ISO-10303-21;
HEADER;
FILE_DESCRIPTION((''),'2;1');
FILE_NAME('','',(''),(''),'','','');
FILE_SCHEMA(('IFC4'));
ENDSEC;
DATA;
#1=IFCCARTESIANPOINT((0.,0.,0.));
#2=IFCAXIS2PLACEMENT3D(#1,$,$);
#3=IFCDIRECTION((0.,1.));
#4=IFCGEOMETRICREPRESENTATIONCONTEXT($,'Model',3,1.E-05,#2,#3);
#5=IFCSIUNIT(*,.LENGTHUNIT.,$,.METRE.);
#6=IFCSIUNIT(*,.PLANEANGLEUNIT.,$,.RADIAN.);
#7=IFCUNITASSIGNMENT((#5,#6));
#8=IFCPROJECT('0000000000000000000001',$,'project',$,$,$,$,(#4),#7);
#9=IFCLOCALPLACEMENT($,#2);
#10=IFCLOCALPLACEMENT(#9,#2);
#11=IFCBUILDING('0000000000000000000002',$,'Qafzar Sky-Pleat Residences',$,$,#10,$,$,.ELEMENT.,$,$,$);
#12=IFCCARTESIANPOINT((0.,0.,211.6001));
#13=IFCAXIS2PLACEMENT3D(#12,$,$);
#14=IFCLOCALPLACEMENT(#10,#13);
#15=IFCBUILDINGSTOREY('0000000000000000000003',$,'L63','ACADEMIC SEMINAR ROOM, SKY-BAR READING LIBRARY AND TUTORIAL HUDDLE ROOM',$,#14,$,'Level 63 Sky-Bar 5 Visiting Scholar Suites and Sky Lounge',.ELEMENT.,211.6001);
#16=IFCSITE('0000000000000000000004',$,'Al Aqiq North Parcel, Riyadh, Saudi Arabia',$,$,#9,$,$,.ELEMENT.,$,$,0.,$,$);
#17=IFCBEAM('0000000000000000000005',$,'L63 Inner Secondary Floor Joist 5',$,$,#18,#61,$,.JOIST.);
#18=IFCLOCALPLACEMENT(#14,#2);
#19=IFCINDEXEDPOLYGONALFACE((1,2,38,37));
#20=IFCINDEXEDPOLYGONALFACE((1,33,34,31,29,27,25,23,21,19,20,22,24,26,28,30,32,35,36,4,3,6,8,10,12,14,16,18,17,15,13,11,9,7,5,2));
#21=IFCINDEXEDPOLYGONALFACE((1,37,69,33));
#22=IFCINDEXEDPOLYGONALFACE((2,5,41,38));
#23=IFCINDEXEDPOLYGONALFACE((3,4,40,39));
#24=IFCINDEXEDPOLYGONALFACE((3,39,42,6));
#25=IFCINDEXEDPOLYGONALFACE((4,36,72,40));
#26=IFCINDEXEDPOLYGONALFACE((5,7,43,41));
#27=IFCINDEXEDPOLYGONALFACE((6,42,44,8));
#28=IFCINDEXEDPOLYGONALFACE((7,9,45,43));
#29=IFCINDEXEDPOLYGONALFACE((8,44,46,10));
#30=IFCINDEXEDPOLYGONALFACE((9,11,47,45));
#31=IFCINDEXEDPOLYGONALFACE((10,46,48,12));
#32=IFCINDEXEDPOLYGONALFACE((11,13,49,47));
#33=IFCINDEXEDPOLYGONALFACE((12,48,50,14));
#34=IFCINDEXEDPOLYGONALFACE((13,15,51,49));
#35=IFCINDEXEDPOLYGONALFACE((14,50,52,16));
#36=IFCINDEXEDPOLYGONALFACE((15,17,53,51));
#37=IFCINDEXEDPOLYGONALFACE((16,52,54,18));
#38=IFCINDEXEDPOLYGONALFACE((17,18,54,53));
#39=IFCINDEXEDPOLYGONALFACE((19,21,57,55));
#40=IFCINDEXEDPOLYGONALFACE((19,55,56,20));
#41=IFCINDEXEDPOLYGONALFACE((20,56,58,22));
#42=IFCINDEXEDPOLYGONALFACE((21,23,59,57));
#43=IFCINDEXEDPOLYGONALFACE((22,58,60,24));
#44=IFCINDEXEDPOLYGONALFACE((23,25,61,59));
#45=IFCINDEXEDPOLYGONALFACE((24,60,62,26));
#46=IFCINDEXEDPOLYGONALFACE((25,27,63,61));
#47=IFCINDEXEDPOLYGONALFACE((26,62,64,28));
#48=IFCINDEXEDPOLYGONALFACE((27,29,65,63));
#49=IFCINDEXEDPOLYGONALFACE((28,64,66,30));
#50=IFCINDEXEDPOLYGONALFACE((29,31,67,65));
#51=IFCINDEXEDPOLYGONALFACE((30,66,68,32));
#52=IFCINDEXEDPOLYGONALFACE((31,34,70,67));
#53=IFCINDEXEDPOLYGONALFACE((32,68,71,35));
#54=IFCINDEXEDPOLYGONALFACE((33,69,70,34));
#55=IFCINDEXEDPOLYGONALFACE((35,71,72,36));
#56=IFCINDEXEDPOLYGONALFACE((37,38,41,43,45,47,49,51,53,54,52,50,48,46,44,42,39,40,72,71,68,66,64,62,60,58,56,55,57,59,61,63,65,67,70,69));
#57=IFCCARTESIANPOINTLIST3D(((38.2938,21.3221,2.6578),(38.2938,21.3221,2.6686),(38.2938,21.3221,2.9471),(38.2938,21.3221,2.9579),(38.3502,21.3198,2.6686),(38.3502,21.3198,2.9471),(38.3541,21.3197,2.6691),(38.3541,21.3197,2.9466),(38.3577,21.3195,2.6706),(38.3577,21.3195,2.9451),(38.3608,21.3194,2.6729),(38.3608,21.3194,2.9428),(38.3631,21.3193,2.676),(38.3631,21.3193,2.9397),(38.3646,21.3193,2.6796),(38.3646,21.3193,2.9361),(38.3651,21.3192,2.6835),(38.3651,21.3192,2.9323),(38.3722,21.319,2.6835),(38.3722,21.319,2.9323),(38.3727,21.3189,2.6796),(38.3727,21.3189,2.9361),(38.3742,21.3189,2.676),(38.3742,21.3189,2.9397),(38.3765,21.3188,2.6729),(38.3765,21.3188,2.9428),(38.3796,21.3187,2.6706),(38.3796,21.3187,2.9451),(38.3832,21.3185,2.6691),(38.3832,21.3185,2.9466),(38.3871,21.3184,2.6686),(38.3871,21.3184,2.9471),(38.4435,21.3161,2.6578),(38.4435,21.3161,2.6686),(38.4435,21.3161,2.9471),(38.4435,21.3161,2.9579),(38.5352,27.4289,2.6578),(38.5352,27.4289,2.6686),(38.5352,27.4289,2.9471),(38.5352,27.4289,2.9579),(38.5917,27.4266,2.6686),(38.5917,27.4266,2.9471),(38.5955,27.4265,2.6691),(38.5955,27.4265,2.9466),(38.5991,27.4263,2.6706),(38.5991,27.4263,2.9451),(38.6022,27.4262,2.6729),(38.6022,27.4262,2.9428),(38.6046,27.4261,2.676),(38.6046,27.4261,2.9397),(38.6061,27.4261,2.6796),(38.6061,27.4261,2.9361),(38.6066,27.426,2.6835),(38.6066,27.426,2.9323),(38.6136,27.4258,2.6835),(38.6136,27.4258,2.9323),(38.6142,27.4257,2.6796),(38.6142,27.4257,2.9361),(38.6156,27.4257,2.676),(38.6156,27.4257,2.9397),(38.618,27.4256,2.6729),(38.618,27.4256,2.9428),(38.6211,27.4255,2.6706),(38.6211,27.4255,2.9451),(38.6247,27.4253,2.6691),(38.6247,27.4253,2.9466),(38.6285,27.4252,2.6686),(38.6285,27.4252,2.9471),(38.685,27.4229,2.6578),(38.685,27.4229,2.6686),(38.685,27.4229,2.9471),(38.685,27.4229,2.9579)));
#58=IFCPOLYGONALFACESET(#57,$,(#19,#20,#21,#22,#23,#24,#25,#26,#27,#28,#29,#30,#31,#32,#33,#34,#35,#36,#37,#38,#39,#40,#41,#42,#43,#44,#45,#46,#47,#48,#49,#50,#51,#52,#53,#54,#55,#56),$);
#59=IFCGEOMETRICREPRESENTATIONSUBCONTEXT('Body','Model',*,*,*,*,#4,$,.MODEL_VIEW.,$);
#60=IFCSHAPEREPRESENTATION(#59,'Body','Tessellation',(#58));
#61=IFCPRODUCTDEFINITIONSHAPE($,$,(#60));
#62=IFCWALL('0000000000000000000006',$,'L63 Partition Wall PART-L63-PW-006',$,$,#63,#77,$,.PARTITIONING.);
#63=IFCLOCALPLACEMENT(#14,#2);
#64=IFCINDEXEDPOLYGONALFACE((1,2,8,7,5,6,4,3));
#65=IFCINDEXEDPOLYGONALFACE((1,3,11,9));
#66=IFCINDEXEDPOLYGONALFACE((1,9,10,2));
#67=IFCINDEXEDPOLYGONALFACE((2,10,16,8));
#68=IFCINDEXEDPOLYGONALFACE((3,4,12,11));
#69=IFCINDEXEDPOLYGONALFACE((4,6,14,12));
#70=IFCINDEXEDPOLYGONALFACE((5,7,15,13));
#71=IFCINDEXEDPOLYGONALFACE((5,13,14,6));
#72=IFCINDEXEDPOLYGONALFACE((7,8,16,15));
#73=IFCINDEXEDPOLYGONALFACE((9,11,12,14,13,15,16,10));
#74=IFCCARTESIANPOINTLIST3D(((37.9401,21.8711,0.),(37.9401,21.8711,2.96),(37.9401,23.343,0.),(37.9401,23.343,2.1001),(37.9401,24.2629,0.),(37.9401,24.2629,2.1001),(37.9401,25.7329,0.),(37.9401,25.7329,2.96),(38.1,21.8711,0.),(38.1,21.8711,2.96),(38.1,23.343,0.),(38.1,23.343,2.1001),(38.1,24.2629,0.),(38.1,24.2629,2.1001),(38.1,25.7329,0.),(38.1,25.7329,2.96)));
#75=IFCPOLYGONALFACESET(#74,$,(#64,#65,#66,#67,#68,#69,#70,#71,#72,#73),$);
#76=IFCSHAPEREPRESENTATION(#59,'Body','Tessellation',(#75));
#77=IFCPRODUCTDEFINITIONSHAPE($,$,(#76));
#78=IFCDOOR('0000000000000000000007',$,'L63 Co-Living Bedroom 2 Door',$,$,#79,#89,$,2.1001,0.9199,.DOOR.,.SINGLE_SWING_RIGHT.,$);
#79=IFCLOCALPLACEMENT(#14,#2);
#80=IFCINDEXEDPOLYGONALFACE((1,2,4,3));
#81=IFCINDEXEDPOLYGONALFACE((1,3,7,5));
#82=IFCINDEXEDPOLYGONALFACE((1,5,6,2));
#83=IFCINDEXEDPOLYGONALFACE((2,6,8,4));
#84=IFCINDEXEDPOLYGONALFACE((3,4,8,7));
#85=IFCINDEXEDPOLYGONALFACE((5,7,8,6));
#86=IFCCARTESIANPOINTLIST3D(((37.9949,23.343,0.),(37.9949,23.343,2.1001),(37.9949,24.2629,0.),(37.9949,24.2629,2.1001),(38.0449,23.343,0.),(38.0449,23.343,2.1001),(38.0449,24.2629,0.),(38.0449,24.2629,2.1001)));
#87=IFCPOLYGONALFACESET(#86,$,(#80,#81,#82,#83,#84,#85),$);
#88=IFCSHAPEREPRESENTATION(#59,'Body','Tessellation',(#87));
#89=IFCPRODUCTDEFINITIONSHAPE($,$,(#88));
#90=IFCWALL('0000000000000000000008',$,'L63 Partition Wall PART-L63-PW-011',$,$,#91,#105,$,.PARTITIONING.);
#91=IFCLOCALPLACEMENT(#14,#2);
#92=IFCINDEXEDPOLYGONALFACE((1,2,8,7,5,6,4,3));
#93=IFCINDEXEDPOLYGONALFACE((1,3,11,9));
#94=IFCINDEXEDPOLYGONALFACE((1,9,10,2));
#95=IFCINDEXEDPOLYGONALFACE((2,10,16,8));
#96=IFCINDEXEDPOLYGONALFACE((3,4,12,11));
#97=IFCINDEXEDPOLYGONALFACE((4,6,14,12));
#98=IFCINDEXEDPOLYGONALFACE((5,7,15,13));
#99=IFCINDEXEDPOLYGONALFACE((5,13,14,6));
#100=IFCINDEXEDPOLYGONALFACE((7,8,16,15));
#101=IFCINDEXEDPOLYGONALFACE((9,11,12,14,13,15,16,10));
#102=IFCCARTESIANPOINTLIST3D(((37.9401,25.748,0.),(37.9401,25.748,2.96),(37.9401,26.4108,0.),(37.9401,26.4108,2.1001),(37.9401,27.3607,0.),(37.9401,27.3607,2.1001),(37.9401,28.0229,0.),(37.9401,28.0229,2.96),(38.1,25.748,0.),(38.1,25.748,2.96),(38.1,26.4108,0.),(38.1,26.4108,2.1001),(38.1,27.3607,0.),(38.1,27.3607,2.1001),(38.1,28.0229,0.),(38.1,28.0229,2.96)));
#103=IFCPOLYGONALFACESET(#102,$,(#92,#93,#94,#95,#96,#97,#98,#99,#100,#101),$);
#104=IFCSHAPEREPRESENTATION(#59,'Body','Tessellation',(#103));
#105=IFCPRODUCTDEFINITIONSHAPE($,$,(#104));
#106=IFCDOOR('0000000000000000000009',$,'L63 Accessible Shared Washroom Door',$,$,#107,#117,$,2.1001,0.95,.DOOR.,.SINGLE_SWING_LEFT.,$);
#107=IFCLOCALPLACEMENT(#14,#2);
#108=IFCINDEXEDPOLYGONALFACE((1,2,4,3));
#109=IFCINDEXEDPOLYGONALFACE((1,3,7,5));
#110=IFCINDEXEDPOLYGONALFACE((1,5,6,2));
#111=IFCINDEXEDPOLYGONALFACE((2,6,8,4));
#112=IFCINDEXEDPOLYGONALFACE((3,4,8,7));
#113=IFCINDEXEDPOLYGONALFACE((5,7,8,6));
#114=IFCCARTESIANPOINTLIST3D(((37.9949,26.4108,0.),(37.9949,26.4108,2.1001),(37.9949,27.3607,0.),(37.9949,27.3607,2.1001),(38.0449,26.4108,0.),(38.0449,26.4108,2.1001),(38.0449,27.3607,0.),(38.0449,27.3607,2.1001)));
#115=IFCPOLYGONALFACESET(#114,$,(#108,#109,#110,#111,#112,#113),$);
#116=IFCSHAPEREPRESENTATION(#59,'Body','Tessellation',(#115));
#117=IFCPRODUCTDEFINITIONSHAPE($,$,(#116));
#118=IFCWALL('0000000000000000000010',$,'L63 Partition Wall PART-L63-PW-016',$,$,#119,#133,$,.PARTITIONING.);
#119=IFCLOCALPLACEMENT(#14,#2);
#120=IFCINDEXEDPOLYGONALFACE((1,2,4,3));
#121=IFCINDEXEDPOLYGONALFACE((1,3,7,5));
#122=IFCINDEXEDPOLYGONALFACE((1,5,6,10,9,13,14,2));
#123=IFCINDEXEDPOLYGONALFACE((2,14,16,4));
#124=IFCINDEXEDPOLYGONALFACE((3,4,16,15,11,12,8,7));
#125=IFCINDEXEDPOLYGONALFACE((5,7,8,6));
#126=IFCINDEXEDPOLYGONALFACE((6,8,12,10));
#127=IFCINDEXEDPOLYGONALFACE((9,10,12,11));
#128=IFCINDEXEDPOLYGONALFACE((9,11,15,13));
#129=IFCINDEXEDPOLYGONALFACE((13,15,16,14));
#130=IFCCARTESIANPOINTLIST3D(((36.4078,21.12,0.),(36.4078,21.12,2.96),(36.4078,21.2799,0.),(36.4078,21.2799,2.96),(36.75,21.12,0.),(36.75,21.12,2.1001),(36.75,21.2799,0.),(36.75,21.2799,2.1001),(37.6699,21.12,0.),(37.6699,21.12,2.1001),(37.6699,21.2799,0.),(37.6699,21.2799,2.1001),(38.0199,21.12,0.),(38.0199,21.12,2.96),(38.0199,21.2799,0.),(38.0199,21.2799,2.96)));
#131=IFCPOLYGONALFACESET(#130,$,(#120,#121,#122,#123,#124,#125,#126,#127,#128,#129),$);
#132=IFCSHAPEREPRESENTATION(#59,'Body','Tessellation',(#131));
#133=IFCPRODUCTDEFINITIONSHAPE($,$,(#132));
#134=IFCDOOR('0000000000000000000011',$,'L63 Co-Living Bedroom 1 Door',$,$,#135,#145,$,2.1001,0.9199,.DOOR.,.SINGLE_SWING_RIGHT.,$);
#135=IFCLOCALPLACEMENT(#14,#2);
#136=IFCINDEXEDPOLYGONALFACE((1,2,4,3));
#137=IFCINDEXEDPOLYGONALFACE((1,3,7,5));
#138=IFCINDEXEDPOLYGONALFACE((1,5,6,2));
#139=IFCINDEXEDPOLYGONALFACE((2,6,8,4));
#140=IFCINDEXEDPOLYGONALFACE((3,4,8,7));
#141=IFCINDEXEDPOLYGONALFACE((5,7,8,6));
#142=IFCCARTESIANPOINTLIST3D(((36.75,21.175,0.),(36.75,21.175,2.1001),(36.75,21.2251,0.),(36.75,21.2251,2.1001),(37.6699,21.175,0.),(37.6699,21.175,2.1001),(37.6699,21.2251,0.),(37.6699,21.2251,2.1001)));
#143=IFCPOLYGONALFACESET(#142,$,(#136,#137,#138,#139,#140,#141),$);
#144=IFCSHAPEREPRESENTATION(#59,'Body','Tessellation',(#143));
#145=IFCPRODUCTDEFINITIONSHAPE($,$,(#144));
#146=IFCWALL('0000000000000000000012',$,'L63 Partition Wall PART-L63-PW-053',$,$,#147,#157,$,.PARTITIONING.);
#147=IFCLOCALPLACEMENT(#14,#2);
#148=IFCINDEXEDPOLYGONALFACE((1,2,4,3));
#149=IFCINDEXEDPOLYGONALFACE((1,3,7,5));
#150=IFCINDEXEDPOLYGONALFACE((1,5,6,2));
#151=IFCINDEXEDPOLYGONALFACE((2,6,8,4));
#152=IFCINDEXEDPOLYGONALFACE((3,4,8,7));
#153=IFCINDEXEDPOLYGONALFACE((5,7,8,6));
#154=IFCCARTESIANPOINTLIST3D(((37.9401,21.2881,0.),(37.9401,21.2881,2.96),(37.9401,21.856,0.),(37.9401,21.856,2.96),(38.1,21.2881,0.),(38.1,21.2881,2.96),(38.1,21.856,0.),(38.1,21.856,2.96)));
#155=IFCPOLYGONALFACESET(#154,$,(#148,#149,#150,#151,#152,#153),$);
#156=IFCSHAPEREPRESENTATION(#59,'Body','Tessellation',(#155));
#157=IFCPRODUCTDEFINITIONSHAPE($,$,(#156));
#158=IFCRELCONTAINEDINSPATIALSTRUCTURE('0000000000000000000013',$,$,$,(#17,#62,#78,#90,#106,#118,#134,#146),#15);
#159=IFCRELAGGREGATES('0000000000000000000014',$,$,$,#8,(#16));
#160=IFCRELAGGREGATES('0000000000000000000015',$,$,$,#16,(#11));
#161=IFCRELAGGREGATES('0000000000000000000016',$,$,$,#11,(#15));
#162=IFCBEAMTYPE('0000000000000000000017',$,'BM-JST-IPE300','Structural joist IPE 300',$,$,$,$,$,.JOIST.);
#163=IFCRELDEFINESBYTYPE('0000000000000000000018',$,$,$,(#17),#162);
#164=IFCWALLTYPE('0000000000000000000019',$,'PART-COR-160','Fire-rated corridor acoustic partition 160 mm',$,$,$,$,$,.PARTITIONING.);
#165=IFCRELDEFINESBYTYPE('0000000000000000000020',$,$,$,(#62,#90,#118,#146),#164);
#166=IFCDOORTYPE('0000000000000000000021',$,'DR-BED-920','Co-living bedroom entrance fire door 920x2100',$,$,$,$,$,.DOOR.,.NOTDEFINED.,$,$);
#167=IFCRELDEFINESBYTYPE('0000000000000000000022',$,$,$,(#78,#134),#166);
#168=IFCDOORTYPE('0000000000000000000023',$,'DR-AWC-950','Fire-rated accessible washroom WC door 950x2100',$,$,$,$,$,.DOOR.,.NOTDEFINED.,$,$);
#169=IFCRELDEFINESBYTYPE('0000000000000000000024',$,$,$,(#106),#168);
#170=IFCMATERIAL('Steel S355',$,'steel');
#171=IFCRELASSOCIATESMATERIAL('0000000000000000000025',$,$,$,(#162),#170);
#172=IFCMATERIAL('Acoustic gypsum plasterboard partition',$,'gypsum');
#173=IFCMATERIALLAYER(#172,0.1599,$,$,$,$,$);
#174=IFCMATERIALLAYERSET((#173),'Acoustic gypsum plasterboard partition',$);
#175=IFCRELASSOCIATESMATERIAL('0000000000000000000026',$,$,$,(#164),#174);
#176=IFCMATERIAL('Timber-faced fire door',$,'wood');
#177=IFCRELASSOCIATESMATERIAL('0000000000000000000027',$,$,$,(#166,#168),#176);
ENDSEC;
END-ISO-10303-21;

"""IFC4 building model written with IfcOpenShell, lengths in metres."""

from ifc_helpers import new_model, si_unit, direction, frame, frame_2d, origin, origin_2d, place, context, subcontext, project, spatial, rectangle, i_section, extrude, source, transform, mapped, material, layer, layer_set, material_profile, profile_set, type_object, element, fill, save


model = new_model("IFC4")

# Units and contexts
model_context = context("Model", 3, precision=1e-05, world=origin(), true_north=direction((0.0, 1.0)))
body_context = subcontext(model_context, "Body", "Model", "MODEL_VIEW")
ifc_project = project(units=[si_unit("LENGTHUNIT", "METRE"), si_unit("PLANEANGLEUNIT", "RADIAN")], contexts=[model_context])

# Site, building, storey
site_placement = place(None, origin())
site = spatial("IfcSite", under=ifc_project, at=site_placement, Name="Al Aqiq North Parcel, Riyadh, Saudi Arabia", CompositionType="ELEMENT", RefElevation=0.0)
building_placement = place(site_placement, origin())
building = spatial("IfcBuilding", under=site, at=building_placement, Name="Qafzar Sky-Pleat Residences", CompositionType="ELEMENT")
storey_placement = place(building_placement, frame((0.0, 0.0, 211.6001)))
storey = spatial("IfcBuildingStorey", under=building, at=storey_placement, Name="L63", Description="ACADEMIC SEMINAR ROOM, SKY-BAR READING LIBRARY AND TUTORIAL HUDDLE ROOM", LongName="Level 63 Sky-Bar 5 Visiting Scholar Suites and Sky Lounge", CompositionType="ELEMENT", Elevation=211.6001)

# Beam
ifc_material_1 = material(Name="Steel S355", Category="steel")
ifc_material_profile = material_profile(ifc_material_1, i_section(OverallWidth=0.1499, OverallDepth=0.3, WebThickness=0.0071, FlangeThickness=0.0107, FilletRadius=0.0149, at=origin_2d()), Name="IPE 300")
ifc_profile_set = profile_set([ifc_material_profile], Name="Steel S355")
beam_type = type_object("IfcBeamType", Name="BM-JST-IPE300", Description="Structural joist IPE 300", PredefinedType="JOIST", material=ifc_profile_set)
shared_shape_1 = source(origin(), body_context, "Body", "SweptSolid", [
    extrude(i_section(OverallWidth=0.1499, OverallDepth=0.3, WebThickness=0.0071, FlangeThickness=0.0107, FilletRadius=0.0149, at=origin_2d()), origin(), (0.0, 0.0, 1.0), 6.1116),
])
beam_placement = place(storey_placement, frame((38.3687, 21.3191, 2.8079), z_axis=(0.039509, 0.999219, 0.0), x_axis=(-0.999219, 0.039509, 0.0)))
element("IfcBeam", 1, at=beam_placement, inside=storey, type_object=beam_type, Name="L63 Inner Secondary Floor Joist 5", PredefinedType="JOIST", context=body_context, shape_type="MappedRepresentation", body=[
    mapped(shared_shape_1, transform((0.0, 0.0, 0.0), x_axis=(1.0, 0.0, 0.0), y_axis=(0.0, 1.0, 0.0), z_axis=(0.0, 0.0, 1.0), scale=1.0)),
])

# Walls, openings, doors
ifc_material_2 = material(Name="Acoustic gypsum plasterboard partition", Category="gypsum")
ifc_layer_1 = layer(ifc_material_2, 0.1599)
ifc_layer_set_1 = layer_set([ifc_layer_1], Name="Acoustic gypsum plasterboard partition")
wall_type_1 = type_object("IfcWallType", Name="PART-COR-160", Description="Fire-rated corridor acoustic partition 160 mm", PredefinedType="PARTITIONING", material=ifc_layer_set_1)
wall_1_placement = place(storey_placement, frame((38.02, 25.7329, 0.0), z_axis=(0.0, 0.0, 1.0), x_axis=(0.0, -1.0, 0.0)))
wall_1 = element("IfcWall", 2, at=wall_1_placement, inside=storey, type_object=wall_type_1, Name="L63 Partition Wall PART-L63-PW-006", PredefinedType="PARTITIONING", context=body_context, shape_type="SweptSolid", body=[
    extrude(rectangle(XDim=3.8618, YDim=0.1599, at=frame_2d((1.9309, 0.0))), origin(), (0.0, 0.0, 1.0), 2.96),
])
opening_1_placement = place(wall_1_placement, frame((1.47, 0.0, 0.0)))
opening_1 = element("IfcOpeningElement", 3, at=opening_1_placement, cuts=wall_1, PredefinedType="OPENING", context=body_context, shape_type="SweptSolid", body=[
    extrude(rectangle(XDim=0.9199, YDim=2.1001, at=frame_2d((0.46, 1.05))), frame((0.0, 0.0898, 0.0), z_axis=(0.0, -1.0, 0.0), x_axis=(1.0, 0.0, 0.0)), (0.0, 0.0, 1.0), 0.1799),
])
ifc_material_3 = material(Name="Timber-faced fire door", Category="wood")
door_type_1 = type_object("IfcDoorType", Name="DR-BED-920", Description="Co-living bedroom entrance fire door 920x2100", OperationType="NOTDEFINED", PredefinedType="DOOR", material=ifc_material_3)
shared_shape_2 = source(origin(), body_context, "Body", "SweptSolid", [
    extrude(rectangle(XDim=0.9199, YDim=2.1001, at=frame_2d((0.46, 1.05))), frame((0.0, 0.0249, 0.0), z_axis=(0.0, -1.0, 0.0), x_axis=(1.0, 0.0, 0.0)), (0.0, 0.0, 1.0), 0.05),
])
door_1_placement = place(opening_1_placement, origin())
door_1 = element("IfcDoor", 4, at=door_1_placement, inside=storey, type_object=door_type_1, Name="L63 Co-Living Bedroom 2 Door", OperationType="SINGLE_SWING_RIGHT", OverallHeight=2.1001, OverallWidth=0.9199, PredefinedType="DOOR", context=body_context, shape_type="MappedRepresentation", body=[
    mapped(shared_shape_2, transform((0.0, 0.0, 0.0), x_axis=(1.0, 0.0, 0.0), y_axis=(0.0, 1.0, 0.0), z_axis=(0.0, 0.0, 1.0), scale=1.0)),
])
fill(opening_1, door_1)
wall_2_placement = place(storey_placement, frame((38.02, 28.0229, 0.0), z_axis=(0.0, 0.0, 1.0), x_axis=(0.0, -1.0, 0.0)))
wall_2 = element("IfcWall", 5, at=wall_2_placement, inside=storey, type_object=wall_type_1, Name="L63 Partition Wall PART-L63-PW-011", PredefinedType="PARTITIONING", context=body_context, shape_type="SweptSolid", body=[
    extrude(rectangle(XDim=2.2749, YDim=0.1599, at=frame_2d((1.1375, 0.0))), origin(), (0.0, 0.0, 1.0), 2.96),
])
opening_2_placement = place(wall_2_placement, frame((0.6621, 0.0, 0.0)))
opening_2 = element("IfcOpeningElement", 6, at=opening_2_placement, cuts=wall_2, PredefinedType="OPENING", context=body_context, shape_type="SweptSolid", body=[
    extrude(rectangle(XDim=0.95, YDim=2.1001, at=frame_2d((0.4751, 1.05))), frame((0.0, 0.0898, 0.0), z_axis=(0.0, -1.0, 0.0), x_axis=(1.0, 0.0, 0.0)), (0.0, 0.0, 1.0), 0.1799),
])
door_type_2 = type_object("IfcDoorType", Name="DR-AWC-950", Description="Fire-rated accessible washroom WC door 950x2100", OperationType="NOTDEFINED", PredefinedType="DOOR", material=ifc_material_3)
shared_shape_3 = source(origin(), body_context, "Body", "SweptSolid", [
    extrude(rectangle(XDim=0.95, YDim=2.1001, at=frame_2d((0.4751, 1.05))), frame((0.0, 0.0249, 0.0), z_axis=(0.0, -1.0, 0.0), x_axis=(1.0, 0.0, 0.0)), (0.0, 0.0, 1.0), 0.05),
])
door_2_placement = place(opening_2_placement, origin())
door_2 = element("IfcDoor", 7, at=door_2_placement, inside=storey, type_object=door_type_2, Name="L63 Accessible Shared Washroom Door", OperationType="SINGLE_SWING_LEFT", OverallHeight=2.1001, OverallWidth=0.95, PredefinedType="DOOR", context=body_context, shape_type="MappedRepresentation", body=[
    mapped(shared_shape_3, transform((0.0, 0.0, 0.0), x_axis=(1.0, 0.0, 0.0), y_axis=(0.0, 1.0, 0.0), z_axis=(0.0, 0.0, 1.0), scale=1.0)),
])
fill(opening_2, door_2)
wall_3_placement = place(storey_placement, frame((38.02, 21.2, 0.0), z_axis=(0.0, 0.0, 1.0), x_axis=(-1.0, 0.0, 0.0)))
wall_3 = element("IfcWall", 8, at=wall_3_placement, inside=storey, type_object=wall_type_1, Name="L63 Partition Wall PART-L63-PW-016", PredefinedType="PARTITIONING", context=body_context, shape_type="SweptSolid", body=[
    extrude(rectangle(XDim=1.6121, YDim=0.1599, at=frame_2d((0.8062, 0.0))), origin(), (0.0, 0.0, 1.0), 2.96),
])
opening_3_placement = place(wall_3_placement, frame((0.3501, 0.0, 0.0)))
opening_3 = element("IfcOpeningElement", 9, at=opening_3_placement, cuts=wall_3, PredefinedType="OPENING", context=body_context, shape_type="SweptSolid", body=[
    extrude(rectangle(XDim=0.9199, YDim=2.1001, at=frame_2d((0.46, 1.05))), frame((0.0, 0.0898, 0.0), z_axis=(0.0, -1.0, 0.0), x_axis=(1.0, 0.0, 0.0)), (0.0, 0.0, 1.0), 0.1799),
])
door_3_placement = place(opening_3_placement, origin())
door_3 = element("IfcDoor", 10, at=door_3_placement, inside=storey, type_object=door_type_1, Name="L63 Co-Living Bedroom 1 Door", OperationType="SINGLE_SWING_RIGHT", OverallHeight=2.1001, OverallWidth=0.9199, PredefinedType="DOOR", context=body_context, shape_type="MappedRepresentation", body=[
    mapped(shared_shape_2, transform((0.0, 0.0, 0.0), x_axis=(1.0, 0.0, 0.0), y_axis=(0.0, 1.0, 0.0), z_axis=(0.0, 0.0, 1.0), scale=1.0)),
])
fill(opening_3, door_3)

# Wall
wall_4_placement = place(storey_placement, frame((38.02, 21.2881, 0.0), z_axis=(0.0, 0.0, 1.0), x_axis=(0.0, 1.0, 0.0)))
element("IfcWall", 11, at=wall_4_placement, inside=storey, type_object=wall_type_1, Name="L63 Partition Wall PART-L63-PW-053", PredefinedType="PARTITIONING", context=body_context, shape_type="SweptSolid", body=[
    extrude(rectangle(XDim=0.5679, YDim=0.1599, at=frame_2d((0.2839, 0.0))), origin(), (0.0, 0.0, 1.0), 2.96),
])

save(model, "model.ifc")
